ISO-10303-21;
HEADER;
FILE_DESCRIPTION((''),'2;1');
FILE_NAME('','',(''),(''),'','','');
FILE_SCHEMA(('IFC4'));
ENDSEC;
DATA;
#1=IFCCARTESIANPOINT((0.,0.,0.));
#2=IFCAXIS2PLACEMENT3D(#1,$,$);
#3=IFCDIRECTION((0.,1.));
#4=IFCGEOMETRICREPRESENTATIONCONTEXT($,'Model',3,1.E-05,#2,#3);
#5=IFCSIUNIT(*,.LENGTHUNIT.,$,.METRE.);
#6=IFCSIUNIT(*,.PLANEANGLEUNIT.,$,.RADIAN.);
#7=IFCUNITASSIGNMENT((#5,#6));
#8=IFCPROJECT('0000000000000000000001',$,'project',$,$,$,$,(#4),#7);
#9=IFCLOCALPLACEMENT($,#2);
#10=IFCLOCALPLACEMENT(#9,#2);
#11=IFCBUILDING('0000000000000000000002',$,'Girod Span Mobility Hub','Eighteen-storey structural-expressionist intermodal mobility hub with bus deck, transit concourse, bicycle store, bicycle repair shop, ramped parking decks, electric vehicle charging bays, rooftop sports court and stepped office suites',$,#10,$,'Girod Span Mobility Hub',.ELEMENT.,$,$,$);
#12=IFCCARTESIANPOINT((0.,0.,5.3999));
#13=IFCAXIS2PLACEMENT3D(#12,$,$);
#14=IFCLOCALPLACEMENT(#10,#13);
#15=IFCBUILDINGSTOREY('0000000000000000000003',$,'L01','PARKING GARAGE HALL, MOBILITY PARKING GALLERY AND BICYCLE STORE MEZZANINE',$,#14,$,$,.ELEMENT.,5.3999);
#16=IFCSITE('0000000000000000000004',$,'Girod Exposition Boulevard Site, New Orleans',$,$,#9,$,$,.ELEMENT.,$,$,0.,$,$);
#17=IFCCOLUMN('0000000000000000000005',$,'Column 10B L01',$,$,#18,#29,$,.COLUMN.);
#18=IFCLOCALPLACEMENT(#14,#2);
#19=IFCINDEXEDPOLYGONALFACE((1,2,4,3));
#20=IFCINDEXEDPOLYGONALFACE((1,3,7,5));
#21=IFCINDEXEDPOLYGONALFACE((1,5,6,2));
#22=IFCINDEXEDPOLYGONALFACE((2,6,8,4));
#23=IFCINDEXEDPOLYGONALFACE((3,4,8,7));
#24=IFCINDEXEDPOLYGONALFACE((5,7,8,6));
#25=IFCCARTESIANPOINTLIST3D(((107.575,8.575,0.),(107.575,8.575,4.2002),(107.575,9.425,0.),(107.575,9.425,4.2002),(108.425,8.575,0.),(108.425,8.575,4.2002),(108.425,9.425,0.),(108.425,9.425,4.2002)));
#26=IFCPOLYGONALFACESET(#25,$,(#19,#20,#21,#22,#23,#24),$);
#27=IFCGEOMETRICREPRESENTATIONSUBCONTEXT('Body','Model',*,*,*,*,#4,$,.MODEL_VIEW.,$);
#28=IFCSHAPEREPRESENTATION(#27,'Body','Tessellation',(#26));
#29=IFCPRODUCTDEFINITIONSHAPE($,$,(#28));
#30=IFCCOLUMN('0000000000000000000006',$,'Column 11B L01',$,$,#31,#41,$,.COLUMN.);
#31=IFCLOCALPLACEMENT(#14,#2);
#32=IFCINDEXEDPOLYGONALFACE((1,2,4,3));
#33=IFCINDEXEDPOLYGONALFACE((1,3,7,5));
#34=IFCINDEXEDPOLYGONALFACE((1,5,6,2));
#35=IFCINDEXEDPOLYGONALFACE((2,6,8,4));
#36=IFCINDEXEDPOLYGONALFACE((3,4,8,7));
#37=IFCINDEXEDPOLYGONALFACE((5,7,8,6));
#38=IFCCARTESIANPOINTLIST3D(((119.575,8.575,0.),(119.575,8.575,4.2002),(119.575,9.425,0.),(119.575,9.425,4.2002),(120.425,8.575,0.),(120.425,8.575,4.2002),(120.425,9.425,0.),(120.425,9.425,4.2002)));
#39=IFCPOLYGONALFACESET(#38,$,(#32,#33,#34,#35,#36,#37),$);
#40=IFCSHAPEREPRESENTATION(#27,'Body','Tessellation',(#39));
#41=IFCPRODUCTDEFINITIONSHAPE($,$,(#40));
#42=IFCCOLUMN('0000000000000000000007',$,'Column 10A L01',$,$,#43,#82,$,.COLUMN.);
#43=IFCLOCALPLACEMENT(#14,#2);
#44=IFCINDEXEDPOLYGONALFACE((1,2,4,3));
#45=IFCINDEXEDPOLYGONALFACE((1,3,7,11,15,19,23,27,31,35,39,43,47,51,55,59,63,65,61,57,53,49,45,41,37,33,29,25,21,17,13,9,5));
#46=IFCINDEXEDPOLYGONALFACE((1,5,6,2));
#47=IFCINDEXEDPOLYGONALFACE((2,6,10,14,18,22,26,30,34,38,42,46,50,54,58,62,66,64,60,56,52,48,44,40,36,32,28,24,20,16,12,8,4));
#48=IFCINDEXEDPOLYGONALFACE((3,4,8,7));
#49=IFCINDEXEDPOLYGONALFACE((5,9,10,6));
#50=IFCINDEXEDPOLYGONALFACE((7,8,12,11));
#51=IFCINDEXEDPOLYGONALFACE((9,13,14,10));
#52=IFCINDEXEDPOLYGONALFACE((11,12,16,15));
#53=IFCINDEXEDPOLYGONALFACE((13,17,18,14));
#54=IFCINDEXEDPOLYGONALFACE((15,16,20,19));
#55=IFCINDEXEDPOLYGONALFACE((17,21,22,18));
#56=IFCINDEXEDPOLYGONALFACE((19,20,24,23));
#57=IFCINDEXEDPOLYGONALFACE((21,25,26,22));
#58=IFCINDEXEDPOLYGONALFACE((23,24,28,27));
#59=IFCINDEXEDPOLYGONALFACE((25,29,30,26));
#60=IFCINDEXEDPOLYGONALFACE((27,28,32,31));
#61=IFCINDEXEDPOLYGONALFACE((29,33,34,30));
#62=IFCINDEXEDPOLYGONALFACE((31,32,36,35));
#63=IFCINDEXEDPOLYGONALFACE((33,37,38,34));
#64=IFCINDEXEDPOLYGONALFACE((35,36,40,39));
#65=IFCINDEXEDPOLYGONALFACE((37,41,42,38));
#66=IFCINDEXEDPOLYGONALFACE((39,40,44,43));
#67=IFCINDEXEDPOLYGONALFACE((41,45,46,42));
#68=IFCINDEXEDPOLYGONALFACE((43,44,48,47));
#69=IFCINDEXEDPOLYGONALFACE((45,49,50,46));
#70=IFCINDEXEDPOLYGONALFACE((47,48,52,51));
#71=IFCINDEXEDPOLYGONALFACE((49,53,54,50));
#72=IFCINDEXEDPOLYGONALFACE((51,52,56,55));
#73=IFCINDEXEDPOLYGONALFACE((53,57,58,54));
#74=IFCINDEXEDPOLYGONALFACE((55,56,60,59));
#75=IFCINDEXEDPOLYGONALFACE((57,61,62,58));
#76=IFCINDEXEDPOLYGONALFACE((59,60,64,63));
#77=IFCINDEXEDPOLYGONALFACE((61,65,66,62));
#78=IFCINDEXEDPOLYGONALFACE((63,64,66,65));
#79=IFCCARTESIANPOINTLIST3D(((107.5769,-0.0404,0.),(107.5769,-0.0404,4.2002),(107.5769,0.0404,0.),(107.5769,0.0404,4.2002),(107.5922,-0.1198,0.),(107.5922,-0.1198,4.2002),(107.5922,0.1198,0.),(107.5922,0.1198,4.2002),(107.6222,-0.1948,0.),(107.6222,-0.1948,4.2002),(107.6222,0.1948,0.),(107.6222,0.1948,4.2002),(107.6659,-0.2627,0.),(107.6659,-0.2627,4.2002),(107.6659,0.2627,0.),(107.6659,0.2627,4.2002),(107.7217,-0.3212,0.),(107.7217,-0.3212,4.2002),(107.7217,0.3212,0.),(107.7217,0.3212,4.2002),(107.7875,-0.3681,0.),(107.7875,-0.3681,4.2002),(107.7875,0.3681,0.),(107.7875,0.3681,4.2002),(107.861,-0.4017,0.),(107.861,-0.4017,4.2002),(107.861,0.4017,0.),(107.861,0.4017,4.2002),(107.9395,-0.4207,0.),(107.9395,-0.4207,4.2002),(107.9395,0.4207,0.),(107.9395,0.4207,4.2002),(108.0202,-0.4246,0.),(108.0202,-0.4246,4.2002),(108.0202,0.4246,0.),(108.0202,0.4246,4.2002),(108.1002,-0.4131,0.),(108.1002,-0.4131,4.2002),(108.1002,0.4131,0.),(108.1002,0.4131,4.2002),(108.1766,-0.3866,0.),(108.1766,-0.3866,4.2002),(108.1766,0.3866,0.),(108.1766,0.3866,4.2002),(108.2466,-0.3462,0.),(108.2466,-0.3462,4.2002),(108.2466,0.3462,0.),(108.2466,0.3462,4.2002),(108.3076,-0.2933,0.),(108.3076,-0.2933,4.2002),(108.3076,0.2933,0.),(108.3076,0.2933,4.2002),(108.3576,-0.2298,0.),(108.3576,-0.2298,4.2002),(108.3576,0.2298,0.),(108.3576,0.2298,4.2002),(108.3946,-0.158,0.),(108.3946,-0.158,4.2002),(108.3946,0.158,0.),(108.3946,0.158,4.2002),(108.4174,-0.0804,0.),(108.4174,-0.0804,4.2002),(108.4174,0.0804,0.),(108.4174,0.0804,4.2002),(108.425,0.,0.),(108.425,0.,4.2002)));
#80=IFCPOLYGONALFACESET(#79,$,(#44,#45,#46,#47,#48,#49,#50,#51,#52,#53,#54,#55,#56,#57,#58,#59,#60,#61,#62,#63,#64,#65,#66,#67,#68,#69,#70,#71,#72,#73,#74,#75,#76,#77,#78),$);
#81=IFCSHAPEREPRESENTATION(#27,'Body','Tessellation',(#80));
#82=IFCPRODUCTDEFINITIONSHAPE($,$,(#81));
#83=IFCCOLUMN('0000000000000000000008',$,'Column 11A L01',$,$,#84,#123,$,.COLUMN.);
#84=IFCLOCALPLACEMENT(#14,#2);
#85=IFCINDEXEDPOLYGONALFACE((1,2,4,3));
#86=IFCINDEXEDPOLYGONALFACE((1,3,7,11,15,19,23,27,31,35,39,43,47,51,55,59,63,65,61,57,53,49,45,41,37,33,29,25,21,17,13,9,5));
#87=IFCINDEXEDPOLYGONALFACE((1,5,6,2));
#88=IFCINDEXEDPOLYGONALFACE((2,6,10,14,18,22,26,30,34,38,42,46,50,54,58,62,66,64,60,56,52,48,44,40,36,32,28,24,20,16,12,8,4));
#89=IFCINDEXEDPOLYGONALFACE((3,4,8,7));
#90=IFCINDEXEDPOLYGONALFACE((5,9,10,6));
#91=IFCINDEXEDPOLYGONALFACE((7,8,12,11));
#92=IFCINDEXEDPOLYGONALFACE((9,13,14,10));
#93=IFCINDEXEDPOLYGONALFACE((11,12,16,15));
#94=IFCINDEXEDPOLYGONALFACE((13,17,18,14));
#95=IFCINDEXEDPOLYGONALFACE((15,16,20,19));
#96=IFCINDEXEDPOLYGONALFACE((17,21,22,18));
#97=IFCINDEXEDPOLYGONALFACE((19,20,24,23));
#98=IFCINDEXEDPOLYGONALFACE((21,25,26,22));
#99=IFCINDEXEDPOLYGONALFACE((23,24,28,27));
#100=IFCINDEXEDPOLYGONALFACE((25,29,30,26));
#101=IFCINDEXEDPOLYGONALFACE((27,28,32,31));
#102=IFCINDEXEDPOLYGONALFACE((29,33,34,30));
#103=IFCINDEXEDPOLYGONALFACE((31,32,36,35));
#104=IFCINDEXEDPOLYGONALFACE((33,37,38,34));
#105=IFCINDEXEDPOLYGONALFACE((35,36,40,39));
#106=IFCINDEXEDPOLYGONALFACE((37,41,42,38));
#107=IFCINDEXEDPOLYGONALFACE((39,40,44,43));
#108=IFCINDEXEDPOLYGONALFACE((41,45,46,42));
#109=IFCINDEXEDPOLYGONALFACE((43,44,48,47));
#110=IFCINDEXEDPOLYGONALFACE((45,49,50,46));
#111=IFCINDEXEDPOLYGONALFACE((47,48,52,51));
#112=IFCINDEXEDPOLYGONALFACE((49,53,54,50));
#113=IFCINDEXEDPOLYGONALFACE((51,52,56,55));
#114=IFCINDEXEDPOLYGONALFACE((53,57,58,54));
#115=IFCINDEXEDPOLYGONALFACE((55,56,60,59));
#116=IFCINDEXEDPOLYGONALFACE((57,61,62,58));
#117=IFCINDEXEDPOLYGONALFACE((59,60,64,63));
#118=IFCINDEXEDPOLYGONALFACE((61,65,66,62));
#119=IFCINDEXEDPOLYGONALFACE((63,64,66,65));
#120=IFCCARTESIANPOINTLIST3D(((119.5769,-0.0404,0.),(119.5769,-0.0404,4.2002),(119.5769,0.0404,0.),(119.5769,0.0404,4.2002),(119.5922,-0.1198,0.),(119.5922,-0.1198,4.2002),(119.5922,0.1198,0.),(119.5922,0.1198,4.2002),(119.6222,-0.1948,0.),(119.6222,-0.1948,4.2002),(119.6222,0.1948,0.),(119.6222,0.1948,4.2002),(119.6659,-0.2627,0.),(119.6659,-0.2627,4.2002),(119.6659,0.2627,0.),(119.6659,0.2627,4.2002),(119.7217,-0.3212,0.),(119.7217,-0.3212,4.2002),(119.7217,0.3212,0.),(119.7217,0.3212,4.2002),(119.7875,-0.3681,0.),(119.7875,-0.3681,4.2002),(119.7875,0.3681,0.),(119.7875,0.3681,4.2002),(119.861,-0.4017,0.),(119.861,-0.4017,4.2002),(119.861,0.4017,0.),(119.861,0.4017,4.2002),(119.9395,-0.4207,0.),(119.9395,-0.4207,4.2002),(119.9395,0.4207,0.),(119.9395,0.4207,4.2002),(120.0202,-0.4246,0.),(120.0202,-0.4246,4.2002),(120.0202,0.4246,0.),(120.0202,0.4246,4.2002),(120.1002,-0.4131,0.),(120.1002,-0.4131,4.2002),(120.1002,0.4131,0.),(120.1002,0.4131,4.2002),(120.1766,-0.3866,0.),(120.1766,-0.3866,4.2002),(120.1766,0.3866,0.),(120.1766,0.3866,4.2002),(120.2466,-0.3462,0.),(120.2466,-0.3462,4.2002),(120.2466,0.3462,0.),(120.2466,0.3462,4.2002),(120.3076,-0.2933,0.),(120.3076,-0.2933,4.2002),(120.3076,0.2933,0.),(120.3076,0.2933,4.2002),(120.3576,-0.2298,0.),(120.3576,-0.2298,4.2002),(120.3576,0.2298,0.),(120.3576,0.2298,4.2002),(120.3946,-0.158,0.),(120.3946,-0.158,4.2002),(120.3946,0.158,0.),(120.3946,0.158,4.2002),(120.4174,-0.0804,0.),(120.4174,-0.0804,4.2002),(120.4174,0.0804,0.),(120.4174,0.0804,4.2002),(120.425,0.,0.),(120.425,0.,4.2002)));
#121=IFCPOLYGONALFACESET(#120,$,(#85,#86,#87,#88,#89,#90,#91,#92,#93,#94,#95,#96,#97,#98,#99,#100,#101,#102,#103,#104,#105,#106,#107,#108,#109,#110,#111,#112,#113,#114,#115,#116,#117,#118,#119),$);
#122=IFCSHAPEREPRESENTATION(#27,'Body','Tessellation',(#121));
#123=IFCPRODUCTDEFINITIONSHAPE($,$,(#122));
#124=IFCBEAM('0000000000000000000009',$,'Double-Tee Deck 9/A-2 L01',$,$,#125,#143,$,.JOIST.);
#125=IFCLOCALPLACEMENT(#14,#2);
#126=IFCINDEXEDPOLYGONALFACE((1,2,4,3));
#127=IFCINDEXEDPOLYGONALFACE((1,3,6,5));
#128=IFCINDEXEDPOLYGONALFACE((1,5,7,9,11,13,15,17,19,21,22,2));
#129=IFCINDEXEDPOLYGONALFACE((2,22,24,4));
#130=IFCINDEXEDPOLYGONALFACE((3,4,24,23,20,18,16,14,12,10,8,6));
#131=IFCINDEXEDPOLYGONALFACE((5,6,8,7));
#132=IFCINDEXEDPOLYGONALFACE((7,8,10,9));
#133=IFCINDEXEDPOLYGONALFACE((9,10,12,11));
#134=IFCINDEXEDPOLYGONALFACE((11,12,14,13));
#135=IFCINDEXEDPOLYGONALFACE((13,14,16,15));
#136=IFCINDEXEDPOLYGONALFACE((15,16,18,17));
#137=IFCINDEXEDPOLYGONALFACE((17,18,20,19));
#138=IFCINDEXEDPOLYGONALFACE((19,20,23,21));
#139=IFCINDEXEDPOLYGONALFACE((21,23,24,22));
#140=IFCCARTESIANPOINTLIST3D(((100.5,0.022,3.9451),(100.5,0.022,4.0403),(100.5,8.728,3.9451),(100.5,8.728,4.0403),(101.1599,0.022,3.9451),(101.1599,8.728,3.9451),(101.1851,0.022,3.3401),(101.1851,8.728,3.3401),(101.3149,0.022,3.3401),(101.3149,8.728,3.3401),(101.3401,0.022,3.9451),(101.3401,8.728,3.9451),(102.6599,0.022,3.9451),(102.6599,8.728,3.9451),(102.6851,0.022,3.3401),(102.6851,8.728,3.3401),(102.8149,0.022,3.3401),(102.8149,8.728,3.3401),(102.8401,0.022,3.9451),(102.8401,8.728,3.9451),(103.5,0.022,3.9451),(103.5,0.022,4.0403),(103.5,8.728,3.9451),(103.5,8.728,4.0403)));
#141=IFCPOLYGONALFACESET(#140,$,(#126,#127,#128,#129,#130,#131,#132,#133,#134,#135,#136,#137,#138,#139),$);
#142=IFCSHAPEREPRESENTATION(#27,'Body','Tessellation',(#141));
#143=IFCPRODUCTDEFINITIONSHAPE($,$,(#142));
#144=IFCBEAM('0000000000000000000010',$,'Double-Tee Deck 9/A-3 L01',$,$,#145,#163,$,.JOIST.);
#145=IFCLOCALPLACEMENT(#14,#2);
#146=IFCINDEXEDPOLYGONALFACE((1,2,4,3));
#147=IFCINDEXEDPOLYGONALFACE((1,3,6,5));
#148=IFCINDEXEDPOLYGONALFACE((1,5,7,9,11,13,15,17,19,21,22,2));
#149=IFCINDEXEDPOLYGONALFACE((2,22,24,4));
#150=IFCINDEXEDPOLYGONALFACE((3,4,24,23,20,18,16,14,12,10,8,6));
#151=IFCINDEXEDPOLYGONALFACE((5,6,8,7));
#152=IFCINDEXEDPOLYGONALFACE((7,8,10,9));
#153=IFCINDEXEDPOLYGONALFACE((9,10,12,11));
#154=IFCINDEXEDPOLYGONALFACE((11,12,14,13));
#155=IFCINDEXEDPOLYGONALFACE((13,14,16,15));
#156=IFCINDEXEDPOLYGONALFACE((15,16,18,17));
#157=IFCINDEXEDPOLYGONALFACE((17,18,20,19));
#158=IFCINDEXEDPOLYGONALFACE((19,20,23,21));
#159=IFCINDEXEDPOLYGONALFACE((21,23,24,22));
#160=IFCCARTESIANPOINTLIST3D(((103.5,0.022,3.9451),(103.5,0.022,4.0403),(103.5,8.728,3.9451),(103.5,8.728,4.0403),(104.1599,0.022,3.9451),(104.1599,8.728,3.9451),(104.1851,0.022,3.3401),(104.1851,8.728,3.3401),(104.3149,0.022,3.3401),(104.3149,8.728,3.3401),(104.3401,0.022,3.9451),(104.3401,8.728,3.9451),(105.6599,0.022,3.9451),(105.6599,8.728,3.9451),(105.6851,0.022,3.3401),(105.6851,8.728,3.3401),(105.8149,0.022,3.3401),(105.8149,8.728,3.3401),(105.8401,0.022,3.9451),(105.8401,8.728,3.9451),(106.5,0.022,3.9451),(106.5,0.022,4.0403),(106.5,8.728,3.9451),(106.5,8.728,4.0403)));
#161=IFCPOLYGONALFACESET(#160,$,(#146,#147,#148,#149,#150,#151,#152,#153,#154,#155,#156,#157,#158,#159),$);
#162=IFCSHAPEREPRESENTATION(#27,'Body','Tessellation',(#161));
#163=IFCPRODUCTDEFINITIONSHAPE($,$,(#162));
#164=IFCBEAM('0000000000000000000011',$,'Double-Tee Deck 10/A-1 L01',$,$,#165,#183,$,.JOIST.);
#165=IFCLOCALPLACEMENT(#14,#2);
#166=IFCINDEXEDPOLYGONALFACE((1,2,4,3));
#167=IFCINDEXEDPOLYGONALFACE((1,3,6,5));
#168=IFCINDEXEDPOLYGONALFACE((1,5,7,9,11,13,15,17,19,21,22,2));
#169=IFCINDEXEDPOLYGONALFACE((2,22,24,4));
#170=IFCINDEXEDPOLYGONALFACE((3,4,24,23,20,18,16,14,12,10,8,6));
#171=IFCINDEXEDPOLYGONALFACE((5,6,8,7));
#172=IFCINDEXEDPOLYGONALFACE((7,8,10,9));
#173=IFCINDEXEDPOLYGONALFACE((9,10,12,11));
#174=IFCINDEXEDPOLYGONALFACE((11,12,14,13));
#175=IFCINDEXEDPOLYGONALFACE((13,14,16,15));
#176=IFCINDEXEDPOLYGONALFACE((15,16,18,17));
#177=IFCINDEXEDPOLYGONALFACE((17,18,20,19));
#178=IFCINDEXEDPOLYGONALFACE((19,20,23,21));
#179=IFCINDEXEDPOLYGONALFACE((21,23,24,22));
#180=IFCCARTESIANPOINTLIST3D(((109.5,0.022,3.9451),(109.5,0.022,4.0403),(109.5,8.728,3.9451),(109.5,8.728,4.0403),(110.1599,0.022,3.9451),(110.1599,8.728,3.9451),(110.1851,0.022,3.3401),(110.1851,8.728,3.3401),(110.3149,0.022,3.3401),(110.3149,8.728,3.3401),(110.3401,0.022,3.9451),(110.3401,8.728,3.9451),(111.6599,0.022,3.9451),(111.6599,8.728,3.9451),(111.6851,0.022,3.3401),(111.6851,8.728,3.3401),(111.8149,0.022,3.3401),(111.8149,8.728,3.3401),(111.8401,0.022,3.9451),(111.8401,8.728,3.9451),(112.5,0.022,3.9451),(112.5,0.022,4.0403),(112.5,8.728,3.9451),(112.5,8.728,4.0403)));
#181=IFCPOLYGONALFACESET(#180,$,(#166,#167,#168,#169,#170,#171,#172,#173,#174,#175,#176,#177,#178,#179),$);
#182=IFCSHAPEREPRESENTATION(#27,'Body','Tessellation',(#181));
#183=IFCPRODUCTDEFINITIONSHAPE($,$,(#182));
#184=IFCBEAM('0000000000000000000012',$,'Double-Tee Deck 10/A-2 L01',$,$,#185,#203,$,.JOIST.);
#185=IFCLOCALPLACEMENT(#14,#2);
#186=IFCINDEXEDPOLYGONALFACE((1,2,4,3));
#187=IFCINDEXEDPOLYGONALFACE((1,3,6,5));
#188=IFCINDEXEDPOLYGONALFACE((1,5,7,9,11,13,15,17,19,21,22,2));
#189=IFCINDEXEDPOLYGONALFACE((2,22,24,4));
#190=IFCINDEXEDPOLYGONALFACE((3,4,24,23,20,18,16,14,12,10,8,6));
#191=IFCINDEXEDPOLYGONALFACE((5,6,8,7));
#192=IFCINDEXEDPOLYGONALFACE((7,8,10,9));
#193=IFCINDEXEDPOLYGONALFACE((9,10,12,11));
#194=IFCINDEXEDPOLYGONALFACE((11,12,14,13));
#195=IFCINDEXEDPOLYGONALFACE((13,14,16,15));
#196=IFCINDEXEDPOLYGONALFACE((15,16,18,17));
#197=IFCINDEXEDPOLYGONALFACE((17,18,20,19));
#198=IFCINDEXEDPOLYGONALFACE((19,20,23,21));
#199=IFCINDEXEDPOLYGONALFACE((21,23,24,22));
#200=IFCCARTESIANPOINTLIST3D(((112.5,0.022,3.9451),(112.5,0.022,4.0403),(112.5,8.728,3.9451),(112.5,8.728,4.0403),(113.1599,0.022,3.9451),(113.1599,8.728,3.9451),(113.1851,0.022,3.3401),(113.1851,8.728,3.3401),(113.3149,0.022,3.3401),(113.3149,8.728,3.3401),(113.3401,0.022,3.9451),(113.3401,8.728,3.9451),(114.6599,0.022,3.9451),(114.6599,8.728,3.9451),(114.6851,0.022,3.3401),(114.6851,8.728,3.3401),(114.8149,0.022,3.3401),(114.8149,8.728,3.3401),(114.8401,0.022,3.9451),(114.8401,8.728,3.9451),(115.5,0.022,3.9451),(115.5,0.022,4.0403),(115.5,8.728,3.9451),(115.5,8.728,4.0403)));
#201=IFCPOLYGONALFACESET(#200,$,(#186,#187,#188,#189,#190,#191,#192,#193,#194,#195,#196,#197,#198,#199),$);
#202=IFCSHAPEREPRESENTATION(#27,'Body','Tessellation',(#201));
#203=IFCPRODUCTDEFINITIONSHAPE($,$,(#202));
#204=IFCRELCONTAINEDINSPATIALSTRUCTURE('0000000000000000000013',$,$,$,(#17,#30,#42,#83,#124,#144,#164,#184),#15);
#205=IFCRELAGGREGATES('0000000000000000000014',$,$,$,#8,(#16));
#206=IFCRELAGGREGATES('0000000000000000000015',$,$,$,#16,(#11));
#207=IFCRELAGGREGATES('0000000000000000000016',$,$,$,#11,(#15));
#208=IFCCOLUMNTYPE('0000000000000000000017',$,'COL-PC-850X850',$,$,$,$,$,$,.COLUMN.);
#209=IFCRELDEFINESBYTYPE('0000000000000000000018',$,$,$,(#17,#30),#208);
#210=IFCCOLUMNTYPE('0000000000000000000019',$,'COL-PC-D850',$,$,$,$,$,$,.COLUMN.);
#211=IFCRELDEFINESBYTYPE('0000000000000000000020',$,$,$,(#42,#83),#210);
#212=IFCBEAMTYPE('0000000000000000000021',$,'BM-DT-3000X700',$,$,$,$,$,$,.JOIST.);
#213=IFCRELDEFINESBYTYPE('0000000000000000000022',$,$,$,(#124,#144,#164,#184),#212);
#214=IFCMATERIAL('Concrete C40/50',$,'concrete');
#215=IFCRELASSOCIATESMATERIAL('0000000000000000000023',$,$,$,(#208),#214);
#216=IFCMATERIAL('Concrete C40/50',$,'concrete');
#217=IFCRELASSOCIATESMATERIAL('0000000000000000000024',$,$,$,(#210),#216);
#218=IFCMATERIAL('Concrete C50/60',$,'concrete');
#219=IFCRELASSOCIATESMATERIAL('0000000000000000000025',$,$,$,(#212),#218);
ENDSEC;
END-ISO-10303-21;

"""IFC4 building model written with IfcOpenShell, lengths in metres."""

from ifc_helpers import new_model, si_unit, direction, frame, origin, origin_2d, place, context, subcontext, project, spatial, polyline, rectangle, circle, outline, extrude, material, material_profile, profile_set, type_object, element, save


model = new_model("IFC4")

# Units and contexts
model_context = context("Model", 3, precision=1e-05, world=origin(), true_north=direction((0.0, 1.0)))
body_context = subcontext(model_context, "Body", "Model", "MODEL_VIEW")
ifc_project = project(units=[si_unit("LENGTHUNIT", "METRE"), si_unit("PLANEANGLEUNIT", "RADIAN")], contexts=[model_context])

# Site, building, storey
site_placement = place(None, origin())
site = spatial("IfcSite", under=ifc_project, at=site_placement, Name="Girod Exposition Boulevard Site, New Orleans", CompositionType="ELEMENT", RefElevation=0.0)
building_placement = place(site_placement, origin())
building = spatial("IfcBuilding", under=site, at=building_placement, Name="Girod Span Mobility Hub", Description="Eighteen-storey structural-expressionist intermodal mobility hub with bus deck, transit concourse, bicycle store, bicycle repair shop, ramped parking decks, electric vehicle charging bays, rooftop sports court and stepped office suites", LongName="Girod Span Mobility Hub", CompositionType="ELEMENT")
storey_placement = place(building_placement, frame((0.0, 0.0, 5.3999)))
storey = spatial("IfcBuildingStorey", under=building, at=storey_placement, Name="L01", Description="PARKING GARAGE HALL, MOBILITY PARKING GALLERY AND BICYCLE STORE MEZZANINE", CompositionType="ELEMENT", Elevation=5.3999)

# Columns
ifc_material_1 = material(Name="Concrete C40/50", Category="concrete")
ifc_material_profile_1 = material_profile(ifc_material_1, rectangle(XDim=0.8501, YDim=0.8501, at=origin_2d()), Name="PC-COL-850X850")
ifc_profile_set_1 = profile_set([ifc_material_profile_1], Name="Concrete C40/50")
column_type_1 = type_object("IfcColumnType", Name="COL-PC-850X850", PredefinedType="COLUMN", material=ifc_profile_set_1)
for number, where, z_axis, x_axis, name in (
    (1, (108.0, 9.0, 0.0), (0.0, 0.0, 1.0), (1.0, 0.0, 0.0), "Column 10B L01"),
    (2, (120.0, 9.0, 0.0), (0.0, 0.0, 1.0), (1.0, 0.0, 0.0), "Column 11B L01"),
):
    element("IfcColumn", number, at=place(storey_placement, frame(where, z_axis=z_axis, x_axis=x_axis)), inside=storey, type_object=column_type_1, Name=name, PredefinedType="COLUMN", context=body_context, shape_type="SweptSolid", body=[
        extrude(rectangle(XDim=0.8501, YDim=0.8501, at=origin_2d()), origin(), (0.0, 0.0, 1.0), 4.2002),
    ])
ifc_material_2 = material(Name="Concrete C40/50", Category="concrete")
ifc_material_profile_2 = material_profile(ifc_material_2, circle(Radius=0.425, at=origin_2d()), Name="PC-CIR-D850")
ifc_profile_set_2 = profile_set([ifc_material_profile_2], Name="Concrete C40/50")
column_type_2 = type_object("IfcColumnType", Name="COL-PC-D850", PredefinedType="COLUMN", material=ifc_profile_set_2)
for number, where, z_axis, x_axis, name in (
    (3, (108.0, 0.0, 0.0), (0.0, 0.0, 1.0), (1.0, 0.0, 0.0), "Column 10A L01"),
    (4, (120.0, 0.0, 0.0), (0.0, 0.0, 1.0), (1.0, 0.0, 0.0), "Column 11A L01"),
):
    element("IfcColumn", number, at=place(storey_placement, frame(where, z_axis=z_axis, x_axis=x_axis)), inside=storey, type_object=column_type_2, Name=name, PredefinedType="COLUMN", context=body_context, shape_type="SweptSolid", body=[
        extrude(circle(Radius=0.425, at=origin_2d()), origin(), (0.0, 0.0, 1.0), 4.2002),
    ])

# Beams
ifc_material_3 = material(Name="Concrete C50/60", Category="concrete")
ifc_material_profile_3 = material_profile(ifc_material_3, outline(polyline([(-1.5, 0.3501), (-1.5, 0.2549), (-0.8401, 0.2549), (-0.8149, -0.3501), (-0.6851, -0.3501), (-0.6599, 0.2549), (0.6599, 0.2549), (0.6851, -0.3501), (0.8149, -0.3501), (0.8401, 0.2549), (1.5, 0.2549), (1.5, 0.3501), (-1.5, 0.3501)])), Name="DT-3000X700")
ifc_profile_set_3 = profile_set([ifc_material_profile_3], Name="Concrete C50/60")
beam_type_1 = type_object("IfcBeamType", Name="BM-DT-3000X700", PredefinedType="JOIST", material=ifc_profile_set_3)
for number, where, z_axis, x_axis, name in (
    (5, (102.0, 0.022, 3.6902), (0.0, 1.0, 0.0), (-1.0, 0.0, 0.0), "Double-Tee Deck 9/A-2 L01"),
    (6, (105.0, 0.022, 3.6902), (0.0, 1.0, 0.0), (-1.0, 0.0, 0.0), "Double-Tee Deck 9/A-3 L01"),
    (7, (111.0, 0.022, 3.6902), (0.0, 1.0, 0.0), (-1.0, 0.0, 0.0), "Double-Tee Deck 10/A-1 L01"),
    (8, (114.0, 0.022, 3.6902), (0.0, 1.0, 0.0), (-1.0, 0.0, 0.0), "Double-Tee Deck 10/A-2 L01"),
):
    element("IfcBeam", number, at=place(storey_placement, frame(where, z_axis=z_axis, x_axis=x_axis)), inside=storey, type_object=beam_type_1, Name=name, PredefinedType="JOIST", context=body_context, shape_type="SweptSolid", body=[
        extrude(outline(polyline([(-1.5, 0.3501), (-1.5, 0.2549), (-0.8401, 0.2549), (-0.8149, -0.3501), (-0.6851, -0.3501), (-0.6599, 0.2549), (0.6599, 0.2549), (0.6851, -0.3501), (0.8149, -0.3501), (0.8401, 0.2549), (1.5, 0.2549), (1.5, 0.3501), (-1.5, 0.3501)])), origin(), (0.0, 0.0, 1.0), 8.7061),
    ])

save(model, "model.ifc")
